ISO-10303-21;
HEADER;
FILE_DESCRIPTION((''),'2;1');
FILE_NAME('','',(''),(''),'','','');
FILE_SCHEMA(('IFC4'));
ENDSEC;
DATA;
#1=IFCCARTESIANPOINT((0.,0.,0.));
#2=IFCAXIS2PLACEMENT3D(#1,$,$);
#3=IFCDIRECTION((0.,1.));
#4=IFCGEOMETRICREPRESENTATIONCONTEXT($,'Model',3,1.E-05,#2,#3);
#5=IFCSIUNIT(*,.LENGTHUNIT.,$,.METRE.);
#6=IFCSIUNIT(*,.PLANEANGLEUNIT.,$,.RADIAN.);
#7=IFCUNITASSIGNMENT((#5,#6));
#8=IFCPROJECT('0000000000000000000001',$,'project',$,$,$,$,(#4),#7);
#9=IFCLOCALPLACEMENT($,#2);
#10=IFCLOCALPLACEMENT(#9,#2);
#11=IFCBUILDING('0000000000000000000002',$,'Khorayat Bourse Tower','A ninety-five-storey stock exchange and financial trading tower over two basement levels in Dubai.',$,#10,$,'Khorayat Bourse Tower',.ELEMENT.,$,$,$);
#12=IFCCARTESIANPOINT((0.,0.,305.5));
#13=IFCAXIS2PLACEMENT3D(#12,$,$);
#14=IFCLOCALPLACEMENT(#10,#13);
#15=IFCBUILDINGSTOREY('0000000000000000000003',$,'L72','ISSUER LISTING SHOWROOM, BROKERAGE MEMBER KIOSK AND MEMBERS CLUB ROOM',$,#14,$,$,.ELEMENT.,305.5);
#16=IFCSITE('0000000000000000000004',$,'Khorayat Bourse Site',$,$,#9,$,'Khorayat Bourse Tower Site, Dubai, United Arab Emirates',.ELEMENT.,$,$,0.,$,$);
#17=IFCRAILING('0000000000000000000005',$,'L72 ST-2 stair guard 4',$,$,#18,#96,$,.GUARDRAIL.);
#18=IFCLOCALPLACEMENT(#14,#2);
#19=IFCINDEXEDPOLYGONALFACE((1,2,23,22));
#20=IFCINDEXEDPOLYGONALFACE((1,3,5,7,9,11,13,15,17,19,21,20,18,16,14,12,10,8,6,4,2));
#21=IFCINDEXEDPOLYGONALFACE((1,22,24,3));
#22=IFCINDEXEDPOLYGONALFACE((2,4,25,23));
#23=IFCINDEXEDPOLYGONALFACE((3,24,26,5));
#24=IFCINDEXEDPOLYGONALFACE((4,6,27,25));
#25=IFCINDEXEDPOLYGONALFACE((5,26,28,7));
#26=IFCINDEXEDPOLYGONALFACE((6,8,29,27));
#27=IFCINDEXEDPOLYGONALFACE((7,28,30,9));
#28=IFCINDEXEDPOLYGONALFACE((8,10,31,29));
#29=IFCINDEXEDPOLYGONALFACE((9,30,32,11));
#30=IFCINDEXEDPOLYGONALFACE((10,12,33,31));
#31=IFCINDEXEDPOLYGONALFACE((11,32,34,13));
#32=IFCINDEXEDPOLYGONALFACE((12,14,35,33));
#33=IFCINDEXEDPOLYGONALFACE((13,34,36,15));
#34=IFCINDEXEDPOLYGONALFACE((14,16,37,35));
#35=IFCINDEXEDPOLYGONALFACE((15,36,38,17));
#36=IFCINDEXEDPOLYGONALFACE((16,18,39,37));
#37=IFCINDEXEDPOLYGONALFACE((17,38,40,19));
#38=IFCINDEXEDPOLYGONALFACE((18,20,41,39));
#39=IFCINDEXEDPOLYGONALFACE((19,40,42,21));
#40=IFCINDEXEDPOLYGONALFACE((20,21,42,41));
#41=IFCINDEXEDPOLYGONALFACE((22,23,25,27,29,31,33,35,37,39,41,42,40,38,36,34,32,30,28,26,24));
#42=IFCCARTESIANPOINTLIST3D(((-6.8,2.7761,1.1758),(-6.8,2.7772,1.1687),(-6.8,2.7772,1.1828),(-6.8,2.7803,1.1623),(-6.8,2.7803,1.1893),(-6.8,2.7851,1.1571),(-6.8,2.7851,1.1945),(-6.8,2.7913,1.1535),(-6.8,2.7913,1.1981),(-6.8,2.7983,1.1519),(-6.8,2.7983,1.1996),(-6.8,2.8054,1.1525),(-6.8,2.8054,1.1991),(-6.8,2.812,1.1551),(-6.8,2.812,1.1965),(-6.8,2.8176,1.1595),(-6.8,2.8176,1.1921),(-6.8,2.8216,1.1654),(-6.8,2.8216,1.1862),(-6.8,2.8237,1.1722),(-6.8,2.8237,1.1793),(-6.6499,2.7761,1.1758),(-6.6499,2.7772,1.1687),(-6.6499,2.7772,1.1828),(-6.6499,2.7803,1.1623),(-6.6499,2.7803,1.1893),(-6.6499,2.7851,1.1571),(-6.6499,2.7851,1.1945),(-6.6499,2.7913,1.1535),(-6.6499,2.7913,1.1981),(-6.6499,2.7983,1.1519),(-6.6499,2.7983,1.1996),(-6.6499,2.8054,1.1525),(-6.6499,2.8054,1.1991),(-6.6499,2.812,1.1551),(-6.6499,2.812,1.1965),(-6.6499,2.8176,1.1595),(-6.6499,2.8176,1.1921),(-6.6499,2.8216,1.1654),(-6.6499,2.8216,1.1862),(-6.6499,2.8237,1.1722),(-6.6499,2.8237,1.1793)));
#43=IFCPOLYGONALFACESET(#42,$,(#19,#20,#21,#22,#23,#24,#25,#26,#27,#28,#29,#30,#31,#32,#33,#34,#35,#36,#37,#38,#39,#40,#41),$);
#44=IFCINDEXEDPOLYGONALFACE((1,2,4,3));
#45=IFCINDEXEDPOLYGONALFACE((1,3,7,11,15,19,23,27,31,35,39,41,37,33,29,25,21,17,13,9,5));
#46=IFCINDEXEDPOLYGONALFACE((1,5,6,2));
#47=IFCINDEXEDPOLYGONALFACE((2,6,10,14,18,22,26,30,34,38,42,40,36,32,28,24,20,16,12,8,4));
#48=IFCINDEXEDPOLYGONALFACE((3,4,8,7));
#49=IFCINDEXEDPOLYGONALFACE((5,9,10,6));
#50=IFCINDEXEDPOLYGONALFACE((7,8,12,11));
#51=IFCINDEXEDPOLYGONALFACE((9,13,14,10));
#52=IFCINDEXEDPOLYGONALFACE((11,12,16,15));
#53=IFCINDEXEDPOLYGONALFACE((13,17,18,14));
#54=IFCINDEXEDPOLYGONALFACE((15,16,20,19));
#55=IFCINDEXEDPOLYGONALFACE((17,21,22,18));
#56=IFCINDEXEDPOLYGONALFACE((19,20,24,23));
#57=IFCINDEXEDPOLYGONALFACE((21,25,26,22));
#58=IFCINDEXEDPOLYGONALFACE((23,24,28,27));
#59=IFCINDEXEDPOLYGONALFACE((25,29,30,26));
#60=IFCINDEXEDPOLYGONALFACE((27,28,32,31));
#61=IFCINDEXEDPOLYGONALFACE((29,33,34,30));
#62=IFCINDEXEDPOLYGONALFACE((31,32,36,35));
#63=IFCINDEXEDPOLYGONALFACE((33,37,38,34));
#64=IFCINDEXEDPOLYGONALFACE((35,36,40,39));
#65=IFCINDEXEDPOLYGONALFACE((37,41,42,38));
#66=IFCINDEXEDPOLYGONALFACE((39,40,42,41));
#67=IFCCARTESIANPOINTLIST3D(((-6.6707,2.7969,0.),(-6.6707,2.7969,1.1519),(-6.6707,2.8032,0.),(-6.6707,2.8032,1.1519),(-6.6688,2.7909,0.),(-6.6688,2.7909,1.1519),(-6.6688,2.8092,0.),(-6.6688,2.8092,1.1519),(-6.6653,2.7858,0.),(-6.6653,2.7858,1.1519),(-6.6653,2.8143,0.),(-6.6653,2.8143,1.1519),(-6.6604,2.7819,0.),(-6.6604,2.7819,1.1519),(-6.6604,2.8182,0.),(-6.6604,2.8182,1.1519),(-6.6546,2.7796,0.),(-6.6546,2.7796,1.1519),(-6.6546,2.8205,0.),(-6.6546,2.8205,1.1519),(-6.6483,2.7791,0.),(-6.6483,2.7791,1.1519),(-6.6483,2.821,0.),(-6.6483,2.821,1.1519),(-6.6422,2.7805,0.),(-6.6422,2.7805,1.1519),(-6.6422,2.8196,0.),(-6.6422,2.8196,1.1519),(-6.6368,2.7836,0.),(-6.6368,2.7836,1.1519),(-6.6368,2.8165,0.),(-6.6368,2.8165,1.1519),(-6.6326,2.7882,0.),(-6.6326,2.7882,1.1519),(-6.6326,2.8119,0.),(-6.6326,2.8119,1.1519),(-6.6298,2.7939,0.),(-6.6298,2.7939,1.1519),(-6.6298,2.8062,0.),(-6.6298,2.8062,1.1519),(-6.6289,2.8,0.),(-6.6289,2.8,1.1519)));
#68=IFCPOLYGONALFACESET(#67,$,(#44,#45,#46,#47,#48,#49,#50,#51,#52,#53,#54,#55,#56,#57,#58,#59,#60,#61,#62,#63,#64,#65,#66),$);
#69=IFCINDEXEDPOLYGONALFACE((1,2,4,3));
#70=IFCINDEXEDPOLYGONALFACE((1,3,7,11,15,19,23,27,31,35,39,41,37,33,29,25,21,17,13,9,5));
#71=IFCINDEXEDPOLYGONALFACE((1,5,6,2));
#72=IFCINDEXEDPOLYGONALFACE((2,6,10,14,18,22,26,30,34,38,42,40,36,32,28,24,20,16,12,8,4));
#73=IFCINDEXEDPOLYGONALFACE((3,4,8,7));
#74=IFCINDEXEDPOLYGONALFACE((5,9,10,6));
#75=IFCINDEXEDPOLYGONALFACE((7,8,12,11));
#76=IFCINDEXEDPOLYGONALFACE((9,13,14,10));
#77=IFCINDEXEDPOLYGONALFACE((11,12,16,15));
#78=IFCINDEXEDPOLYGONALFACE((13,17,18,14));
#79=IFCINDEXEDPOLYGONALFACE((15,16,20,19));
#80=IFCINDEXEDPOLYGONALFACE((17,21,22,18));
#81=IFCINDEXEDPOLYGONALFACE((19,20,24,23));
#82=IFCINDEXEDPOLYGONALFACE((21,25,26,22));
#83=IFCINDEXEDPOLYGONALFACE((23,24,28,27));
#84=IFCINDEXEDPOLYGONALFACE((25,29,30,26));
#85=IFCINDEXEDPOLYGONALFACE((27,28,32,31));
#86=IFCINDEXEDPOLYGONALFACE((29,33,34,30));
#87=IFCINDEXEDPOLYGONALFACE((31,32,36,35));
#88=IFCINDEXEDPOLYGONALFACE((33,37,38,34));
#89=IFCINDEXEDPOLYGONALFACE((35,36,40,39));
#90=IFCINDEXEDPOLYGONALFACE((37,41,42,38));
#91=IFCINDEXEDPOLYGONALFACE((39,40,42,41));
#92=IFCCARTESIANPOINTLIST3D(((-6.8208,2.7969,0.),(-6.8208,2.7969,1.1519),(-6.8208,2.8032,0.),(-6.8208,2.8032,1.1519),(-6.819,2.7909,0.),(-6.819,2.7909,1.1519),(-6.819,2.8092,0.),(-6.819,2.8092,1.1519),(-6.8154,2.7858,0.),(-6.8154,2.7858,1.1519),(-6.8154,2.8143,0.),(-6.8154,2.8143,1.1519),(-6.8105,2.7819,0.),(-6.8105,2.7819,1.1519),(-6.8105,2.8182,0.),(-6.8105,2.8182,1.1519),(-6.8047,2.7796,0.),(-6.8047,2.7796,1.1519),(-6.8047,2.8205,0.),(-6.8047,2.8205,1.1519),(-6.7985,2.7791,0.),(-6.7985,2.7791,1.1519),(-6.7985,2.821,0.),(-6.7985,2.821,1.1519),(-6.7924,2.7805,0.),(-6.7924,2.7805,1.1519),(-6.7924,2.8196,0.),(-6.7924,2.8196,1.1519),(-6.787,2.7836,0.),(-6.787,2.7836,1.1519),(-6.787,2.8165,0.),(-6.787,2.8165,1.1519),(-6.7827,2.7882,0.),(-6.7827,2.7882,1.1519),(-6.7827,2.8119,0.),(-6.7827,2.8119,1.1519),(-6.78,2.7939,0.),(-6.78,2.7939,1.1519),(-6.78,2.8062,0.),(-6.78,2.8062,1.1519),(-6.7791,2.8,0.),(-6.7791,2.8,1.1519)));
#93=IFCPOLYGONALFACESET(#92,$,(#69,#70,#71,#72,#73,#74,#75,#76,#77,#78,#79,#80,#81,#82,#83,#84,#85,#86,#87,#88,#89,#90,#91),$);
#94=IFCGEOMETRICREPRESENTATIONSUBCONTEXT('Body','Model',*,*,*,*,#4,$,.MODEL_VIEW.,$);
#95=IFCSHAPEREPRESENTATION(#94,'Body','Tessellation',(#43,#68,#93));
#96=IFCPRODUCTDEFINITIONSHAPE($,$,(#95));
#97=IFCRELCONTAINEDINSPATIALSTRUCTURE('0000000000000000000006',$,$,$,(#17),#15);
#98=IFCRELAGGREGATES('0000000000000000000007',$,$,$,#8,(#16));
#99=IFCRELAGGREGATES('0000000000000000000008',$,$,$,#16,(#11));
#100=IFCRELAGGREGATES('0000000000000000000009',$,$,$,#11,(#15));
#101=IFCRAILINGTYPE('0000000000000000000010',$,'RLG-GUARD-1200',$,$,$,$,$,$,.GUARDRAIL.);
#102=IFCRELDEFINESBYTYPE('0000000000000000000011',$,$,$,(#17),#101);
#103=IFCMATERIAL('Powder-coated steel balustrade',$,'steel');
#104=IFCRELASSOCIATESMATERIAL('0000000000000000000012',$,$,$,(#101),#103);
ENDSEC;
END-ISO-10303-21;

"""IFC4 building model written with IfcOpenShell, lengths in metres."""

from ifc_helpers import new_model, si_unit, direction, frame, origin, origin_2d, place, context, subcontext, project, spatial, circle, extrude, source, transform, mapped, material, type_object, element, save


model = new_model("IFC4")

# Units and contexts
model_context = context("Model", 3, precision=1e-05, world=origin(), true_north=direction((0.0, 1.0)))
body_context = subcontext(model_context, "Body", "Model", "MODEL_VIEW")
ifc_project = project(units=[si_unit("LENGTHUNIT", "METRE"), si_unit("PLANEANGLEUNIT", "RADIAN")], contexts=[model_context])

# Site, building, storey
site_placement = place(None, origin())
site = spatial("IfcSite", under=ifc_project, at=site_placement, Name="Khorayat Bourse Site", LongName="Khorayat Bourse Tower Site, Dubai, United Arab Emirates", CompositionType="ELEMENT", RefElevation=0.0)
building_placement = place(site_placement, origin())
building = spatial("IfcBuilding", under=site, at=building_placement, Name="Khorayat Bourse Tower", Description="A ninety-five-storey stock exchange and financial trading tower over two basement levels in Dubai.", LongName="Khorayat Bourse Tower", CompositionType="ELEMENT")
storey_placement = place(building_placement, frame((0.0, 0.0, 305.5)))
storey = spatial("IfcBuildingStorey", under=building, at=storey_placement, Name="L72", Description="ISSUER LISTING SHOWROOM, BROKERAGE MEMBER KIOSK AND MEMBERS CLUB ROOM", CompositionType="ELEMENT", Elevation=305.5)

# Railing
ifc_material_1 = material(Name="Powder-coated steel balustrade", Category="steel")
railing_type_1 = type_object("IfcRailingType", Name="RLG-GUARD-1200", PredefinedType="GUARDRAIL", material=ifc_material_1)
shared_shape_1 = source(origin(), body_context, "Body", "SweptSolid", [
    extrude(circle(Radius=0.0239, at=origin_2d()), frame((0.0, 0.0, 1.1758), z_axis=(-1.0, 0.0, 0.0), x_axis=(0.0, -1.0, 0.0)), (0.0, 0.0, 1.0), 0.1501),
    extrude(circle(Radius=0.021, at=origin_2d()), origin(), (0.0, 0.0, 1.0), 1.1519),
    extrude(circle(Radius=0.021, at=origin_2d()), frame((-0.1501, 0.0, 0.0)), (0.0, 0.0, 1.0), 1.1519),
])
for number, where, name in (
    (1, (-6.6499, 2.8, 0.0), "L72 ST-2 stair guard 4"),
):
    element("IfcRailing", number, at=place(storey_placement, frame(where)), inside=storey, type_object=railing_type_1, Name=name, PredefinedType="GUARDRAIL", context=body_context, shape_type="MappedRepresentation", body=[
        mapped(shared_shape_1, transform((0.0, 0.0, 0.0), scale=1.0)),
    ])

save(model, "model.ifc")
